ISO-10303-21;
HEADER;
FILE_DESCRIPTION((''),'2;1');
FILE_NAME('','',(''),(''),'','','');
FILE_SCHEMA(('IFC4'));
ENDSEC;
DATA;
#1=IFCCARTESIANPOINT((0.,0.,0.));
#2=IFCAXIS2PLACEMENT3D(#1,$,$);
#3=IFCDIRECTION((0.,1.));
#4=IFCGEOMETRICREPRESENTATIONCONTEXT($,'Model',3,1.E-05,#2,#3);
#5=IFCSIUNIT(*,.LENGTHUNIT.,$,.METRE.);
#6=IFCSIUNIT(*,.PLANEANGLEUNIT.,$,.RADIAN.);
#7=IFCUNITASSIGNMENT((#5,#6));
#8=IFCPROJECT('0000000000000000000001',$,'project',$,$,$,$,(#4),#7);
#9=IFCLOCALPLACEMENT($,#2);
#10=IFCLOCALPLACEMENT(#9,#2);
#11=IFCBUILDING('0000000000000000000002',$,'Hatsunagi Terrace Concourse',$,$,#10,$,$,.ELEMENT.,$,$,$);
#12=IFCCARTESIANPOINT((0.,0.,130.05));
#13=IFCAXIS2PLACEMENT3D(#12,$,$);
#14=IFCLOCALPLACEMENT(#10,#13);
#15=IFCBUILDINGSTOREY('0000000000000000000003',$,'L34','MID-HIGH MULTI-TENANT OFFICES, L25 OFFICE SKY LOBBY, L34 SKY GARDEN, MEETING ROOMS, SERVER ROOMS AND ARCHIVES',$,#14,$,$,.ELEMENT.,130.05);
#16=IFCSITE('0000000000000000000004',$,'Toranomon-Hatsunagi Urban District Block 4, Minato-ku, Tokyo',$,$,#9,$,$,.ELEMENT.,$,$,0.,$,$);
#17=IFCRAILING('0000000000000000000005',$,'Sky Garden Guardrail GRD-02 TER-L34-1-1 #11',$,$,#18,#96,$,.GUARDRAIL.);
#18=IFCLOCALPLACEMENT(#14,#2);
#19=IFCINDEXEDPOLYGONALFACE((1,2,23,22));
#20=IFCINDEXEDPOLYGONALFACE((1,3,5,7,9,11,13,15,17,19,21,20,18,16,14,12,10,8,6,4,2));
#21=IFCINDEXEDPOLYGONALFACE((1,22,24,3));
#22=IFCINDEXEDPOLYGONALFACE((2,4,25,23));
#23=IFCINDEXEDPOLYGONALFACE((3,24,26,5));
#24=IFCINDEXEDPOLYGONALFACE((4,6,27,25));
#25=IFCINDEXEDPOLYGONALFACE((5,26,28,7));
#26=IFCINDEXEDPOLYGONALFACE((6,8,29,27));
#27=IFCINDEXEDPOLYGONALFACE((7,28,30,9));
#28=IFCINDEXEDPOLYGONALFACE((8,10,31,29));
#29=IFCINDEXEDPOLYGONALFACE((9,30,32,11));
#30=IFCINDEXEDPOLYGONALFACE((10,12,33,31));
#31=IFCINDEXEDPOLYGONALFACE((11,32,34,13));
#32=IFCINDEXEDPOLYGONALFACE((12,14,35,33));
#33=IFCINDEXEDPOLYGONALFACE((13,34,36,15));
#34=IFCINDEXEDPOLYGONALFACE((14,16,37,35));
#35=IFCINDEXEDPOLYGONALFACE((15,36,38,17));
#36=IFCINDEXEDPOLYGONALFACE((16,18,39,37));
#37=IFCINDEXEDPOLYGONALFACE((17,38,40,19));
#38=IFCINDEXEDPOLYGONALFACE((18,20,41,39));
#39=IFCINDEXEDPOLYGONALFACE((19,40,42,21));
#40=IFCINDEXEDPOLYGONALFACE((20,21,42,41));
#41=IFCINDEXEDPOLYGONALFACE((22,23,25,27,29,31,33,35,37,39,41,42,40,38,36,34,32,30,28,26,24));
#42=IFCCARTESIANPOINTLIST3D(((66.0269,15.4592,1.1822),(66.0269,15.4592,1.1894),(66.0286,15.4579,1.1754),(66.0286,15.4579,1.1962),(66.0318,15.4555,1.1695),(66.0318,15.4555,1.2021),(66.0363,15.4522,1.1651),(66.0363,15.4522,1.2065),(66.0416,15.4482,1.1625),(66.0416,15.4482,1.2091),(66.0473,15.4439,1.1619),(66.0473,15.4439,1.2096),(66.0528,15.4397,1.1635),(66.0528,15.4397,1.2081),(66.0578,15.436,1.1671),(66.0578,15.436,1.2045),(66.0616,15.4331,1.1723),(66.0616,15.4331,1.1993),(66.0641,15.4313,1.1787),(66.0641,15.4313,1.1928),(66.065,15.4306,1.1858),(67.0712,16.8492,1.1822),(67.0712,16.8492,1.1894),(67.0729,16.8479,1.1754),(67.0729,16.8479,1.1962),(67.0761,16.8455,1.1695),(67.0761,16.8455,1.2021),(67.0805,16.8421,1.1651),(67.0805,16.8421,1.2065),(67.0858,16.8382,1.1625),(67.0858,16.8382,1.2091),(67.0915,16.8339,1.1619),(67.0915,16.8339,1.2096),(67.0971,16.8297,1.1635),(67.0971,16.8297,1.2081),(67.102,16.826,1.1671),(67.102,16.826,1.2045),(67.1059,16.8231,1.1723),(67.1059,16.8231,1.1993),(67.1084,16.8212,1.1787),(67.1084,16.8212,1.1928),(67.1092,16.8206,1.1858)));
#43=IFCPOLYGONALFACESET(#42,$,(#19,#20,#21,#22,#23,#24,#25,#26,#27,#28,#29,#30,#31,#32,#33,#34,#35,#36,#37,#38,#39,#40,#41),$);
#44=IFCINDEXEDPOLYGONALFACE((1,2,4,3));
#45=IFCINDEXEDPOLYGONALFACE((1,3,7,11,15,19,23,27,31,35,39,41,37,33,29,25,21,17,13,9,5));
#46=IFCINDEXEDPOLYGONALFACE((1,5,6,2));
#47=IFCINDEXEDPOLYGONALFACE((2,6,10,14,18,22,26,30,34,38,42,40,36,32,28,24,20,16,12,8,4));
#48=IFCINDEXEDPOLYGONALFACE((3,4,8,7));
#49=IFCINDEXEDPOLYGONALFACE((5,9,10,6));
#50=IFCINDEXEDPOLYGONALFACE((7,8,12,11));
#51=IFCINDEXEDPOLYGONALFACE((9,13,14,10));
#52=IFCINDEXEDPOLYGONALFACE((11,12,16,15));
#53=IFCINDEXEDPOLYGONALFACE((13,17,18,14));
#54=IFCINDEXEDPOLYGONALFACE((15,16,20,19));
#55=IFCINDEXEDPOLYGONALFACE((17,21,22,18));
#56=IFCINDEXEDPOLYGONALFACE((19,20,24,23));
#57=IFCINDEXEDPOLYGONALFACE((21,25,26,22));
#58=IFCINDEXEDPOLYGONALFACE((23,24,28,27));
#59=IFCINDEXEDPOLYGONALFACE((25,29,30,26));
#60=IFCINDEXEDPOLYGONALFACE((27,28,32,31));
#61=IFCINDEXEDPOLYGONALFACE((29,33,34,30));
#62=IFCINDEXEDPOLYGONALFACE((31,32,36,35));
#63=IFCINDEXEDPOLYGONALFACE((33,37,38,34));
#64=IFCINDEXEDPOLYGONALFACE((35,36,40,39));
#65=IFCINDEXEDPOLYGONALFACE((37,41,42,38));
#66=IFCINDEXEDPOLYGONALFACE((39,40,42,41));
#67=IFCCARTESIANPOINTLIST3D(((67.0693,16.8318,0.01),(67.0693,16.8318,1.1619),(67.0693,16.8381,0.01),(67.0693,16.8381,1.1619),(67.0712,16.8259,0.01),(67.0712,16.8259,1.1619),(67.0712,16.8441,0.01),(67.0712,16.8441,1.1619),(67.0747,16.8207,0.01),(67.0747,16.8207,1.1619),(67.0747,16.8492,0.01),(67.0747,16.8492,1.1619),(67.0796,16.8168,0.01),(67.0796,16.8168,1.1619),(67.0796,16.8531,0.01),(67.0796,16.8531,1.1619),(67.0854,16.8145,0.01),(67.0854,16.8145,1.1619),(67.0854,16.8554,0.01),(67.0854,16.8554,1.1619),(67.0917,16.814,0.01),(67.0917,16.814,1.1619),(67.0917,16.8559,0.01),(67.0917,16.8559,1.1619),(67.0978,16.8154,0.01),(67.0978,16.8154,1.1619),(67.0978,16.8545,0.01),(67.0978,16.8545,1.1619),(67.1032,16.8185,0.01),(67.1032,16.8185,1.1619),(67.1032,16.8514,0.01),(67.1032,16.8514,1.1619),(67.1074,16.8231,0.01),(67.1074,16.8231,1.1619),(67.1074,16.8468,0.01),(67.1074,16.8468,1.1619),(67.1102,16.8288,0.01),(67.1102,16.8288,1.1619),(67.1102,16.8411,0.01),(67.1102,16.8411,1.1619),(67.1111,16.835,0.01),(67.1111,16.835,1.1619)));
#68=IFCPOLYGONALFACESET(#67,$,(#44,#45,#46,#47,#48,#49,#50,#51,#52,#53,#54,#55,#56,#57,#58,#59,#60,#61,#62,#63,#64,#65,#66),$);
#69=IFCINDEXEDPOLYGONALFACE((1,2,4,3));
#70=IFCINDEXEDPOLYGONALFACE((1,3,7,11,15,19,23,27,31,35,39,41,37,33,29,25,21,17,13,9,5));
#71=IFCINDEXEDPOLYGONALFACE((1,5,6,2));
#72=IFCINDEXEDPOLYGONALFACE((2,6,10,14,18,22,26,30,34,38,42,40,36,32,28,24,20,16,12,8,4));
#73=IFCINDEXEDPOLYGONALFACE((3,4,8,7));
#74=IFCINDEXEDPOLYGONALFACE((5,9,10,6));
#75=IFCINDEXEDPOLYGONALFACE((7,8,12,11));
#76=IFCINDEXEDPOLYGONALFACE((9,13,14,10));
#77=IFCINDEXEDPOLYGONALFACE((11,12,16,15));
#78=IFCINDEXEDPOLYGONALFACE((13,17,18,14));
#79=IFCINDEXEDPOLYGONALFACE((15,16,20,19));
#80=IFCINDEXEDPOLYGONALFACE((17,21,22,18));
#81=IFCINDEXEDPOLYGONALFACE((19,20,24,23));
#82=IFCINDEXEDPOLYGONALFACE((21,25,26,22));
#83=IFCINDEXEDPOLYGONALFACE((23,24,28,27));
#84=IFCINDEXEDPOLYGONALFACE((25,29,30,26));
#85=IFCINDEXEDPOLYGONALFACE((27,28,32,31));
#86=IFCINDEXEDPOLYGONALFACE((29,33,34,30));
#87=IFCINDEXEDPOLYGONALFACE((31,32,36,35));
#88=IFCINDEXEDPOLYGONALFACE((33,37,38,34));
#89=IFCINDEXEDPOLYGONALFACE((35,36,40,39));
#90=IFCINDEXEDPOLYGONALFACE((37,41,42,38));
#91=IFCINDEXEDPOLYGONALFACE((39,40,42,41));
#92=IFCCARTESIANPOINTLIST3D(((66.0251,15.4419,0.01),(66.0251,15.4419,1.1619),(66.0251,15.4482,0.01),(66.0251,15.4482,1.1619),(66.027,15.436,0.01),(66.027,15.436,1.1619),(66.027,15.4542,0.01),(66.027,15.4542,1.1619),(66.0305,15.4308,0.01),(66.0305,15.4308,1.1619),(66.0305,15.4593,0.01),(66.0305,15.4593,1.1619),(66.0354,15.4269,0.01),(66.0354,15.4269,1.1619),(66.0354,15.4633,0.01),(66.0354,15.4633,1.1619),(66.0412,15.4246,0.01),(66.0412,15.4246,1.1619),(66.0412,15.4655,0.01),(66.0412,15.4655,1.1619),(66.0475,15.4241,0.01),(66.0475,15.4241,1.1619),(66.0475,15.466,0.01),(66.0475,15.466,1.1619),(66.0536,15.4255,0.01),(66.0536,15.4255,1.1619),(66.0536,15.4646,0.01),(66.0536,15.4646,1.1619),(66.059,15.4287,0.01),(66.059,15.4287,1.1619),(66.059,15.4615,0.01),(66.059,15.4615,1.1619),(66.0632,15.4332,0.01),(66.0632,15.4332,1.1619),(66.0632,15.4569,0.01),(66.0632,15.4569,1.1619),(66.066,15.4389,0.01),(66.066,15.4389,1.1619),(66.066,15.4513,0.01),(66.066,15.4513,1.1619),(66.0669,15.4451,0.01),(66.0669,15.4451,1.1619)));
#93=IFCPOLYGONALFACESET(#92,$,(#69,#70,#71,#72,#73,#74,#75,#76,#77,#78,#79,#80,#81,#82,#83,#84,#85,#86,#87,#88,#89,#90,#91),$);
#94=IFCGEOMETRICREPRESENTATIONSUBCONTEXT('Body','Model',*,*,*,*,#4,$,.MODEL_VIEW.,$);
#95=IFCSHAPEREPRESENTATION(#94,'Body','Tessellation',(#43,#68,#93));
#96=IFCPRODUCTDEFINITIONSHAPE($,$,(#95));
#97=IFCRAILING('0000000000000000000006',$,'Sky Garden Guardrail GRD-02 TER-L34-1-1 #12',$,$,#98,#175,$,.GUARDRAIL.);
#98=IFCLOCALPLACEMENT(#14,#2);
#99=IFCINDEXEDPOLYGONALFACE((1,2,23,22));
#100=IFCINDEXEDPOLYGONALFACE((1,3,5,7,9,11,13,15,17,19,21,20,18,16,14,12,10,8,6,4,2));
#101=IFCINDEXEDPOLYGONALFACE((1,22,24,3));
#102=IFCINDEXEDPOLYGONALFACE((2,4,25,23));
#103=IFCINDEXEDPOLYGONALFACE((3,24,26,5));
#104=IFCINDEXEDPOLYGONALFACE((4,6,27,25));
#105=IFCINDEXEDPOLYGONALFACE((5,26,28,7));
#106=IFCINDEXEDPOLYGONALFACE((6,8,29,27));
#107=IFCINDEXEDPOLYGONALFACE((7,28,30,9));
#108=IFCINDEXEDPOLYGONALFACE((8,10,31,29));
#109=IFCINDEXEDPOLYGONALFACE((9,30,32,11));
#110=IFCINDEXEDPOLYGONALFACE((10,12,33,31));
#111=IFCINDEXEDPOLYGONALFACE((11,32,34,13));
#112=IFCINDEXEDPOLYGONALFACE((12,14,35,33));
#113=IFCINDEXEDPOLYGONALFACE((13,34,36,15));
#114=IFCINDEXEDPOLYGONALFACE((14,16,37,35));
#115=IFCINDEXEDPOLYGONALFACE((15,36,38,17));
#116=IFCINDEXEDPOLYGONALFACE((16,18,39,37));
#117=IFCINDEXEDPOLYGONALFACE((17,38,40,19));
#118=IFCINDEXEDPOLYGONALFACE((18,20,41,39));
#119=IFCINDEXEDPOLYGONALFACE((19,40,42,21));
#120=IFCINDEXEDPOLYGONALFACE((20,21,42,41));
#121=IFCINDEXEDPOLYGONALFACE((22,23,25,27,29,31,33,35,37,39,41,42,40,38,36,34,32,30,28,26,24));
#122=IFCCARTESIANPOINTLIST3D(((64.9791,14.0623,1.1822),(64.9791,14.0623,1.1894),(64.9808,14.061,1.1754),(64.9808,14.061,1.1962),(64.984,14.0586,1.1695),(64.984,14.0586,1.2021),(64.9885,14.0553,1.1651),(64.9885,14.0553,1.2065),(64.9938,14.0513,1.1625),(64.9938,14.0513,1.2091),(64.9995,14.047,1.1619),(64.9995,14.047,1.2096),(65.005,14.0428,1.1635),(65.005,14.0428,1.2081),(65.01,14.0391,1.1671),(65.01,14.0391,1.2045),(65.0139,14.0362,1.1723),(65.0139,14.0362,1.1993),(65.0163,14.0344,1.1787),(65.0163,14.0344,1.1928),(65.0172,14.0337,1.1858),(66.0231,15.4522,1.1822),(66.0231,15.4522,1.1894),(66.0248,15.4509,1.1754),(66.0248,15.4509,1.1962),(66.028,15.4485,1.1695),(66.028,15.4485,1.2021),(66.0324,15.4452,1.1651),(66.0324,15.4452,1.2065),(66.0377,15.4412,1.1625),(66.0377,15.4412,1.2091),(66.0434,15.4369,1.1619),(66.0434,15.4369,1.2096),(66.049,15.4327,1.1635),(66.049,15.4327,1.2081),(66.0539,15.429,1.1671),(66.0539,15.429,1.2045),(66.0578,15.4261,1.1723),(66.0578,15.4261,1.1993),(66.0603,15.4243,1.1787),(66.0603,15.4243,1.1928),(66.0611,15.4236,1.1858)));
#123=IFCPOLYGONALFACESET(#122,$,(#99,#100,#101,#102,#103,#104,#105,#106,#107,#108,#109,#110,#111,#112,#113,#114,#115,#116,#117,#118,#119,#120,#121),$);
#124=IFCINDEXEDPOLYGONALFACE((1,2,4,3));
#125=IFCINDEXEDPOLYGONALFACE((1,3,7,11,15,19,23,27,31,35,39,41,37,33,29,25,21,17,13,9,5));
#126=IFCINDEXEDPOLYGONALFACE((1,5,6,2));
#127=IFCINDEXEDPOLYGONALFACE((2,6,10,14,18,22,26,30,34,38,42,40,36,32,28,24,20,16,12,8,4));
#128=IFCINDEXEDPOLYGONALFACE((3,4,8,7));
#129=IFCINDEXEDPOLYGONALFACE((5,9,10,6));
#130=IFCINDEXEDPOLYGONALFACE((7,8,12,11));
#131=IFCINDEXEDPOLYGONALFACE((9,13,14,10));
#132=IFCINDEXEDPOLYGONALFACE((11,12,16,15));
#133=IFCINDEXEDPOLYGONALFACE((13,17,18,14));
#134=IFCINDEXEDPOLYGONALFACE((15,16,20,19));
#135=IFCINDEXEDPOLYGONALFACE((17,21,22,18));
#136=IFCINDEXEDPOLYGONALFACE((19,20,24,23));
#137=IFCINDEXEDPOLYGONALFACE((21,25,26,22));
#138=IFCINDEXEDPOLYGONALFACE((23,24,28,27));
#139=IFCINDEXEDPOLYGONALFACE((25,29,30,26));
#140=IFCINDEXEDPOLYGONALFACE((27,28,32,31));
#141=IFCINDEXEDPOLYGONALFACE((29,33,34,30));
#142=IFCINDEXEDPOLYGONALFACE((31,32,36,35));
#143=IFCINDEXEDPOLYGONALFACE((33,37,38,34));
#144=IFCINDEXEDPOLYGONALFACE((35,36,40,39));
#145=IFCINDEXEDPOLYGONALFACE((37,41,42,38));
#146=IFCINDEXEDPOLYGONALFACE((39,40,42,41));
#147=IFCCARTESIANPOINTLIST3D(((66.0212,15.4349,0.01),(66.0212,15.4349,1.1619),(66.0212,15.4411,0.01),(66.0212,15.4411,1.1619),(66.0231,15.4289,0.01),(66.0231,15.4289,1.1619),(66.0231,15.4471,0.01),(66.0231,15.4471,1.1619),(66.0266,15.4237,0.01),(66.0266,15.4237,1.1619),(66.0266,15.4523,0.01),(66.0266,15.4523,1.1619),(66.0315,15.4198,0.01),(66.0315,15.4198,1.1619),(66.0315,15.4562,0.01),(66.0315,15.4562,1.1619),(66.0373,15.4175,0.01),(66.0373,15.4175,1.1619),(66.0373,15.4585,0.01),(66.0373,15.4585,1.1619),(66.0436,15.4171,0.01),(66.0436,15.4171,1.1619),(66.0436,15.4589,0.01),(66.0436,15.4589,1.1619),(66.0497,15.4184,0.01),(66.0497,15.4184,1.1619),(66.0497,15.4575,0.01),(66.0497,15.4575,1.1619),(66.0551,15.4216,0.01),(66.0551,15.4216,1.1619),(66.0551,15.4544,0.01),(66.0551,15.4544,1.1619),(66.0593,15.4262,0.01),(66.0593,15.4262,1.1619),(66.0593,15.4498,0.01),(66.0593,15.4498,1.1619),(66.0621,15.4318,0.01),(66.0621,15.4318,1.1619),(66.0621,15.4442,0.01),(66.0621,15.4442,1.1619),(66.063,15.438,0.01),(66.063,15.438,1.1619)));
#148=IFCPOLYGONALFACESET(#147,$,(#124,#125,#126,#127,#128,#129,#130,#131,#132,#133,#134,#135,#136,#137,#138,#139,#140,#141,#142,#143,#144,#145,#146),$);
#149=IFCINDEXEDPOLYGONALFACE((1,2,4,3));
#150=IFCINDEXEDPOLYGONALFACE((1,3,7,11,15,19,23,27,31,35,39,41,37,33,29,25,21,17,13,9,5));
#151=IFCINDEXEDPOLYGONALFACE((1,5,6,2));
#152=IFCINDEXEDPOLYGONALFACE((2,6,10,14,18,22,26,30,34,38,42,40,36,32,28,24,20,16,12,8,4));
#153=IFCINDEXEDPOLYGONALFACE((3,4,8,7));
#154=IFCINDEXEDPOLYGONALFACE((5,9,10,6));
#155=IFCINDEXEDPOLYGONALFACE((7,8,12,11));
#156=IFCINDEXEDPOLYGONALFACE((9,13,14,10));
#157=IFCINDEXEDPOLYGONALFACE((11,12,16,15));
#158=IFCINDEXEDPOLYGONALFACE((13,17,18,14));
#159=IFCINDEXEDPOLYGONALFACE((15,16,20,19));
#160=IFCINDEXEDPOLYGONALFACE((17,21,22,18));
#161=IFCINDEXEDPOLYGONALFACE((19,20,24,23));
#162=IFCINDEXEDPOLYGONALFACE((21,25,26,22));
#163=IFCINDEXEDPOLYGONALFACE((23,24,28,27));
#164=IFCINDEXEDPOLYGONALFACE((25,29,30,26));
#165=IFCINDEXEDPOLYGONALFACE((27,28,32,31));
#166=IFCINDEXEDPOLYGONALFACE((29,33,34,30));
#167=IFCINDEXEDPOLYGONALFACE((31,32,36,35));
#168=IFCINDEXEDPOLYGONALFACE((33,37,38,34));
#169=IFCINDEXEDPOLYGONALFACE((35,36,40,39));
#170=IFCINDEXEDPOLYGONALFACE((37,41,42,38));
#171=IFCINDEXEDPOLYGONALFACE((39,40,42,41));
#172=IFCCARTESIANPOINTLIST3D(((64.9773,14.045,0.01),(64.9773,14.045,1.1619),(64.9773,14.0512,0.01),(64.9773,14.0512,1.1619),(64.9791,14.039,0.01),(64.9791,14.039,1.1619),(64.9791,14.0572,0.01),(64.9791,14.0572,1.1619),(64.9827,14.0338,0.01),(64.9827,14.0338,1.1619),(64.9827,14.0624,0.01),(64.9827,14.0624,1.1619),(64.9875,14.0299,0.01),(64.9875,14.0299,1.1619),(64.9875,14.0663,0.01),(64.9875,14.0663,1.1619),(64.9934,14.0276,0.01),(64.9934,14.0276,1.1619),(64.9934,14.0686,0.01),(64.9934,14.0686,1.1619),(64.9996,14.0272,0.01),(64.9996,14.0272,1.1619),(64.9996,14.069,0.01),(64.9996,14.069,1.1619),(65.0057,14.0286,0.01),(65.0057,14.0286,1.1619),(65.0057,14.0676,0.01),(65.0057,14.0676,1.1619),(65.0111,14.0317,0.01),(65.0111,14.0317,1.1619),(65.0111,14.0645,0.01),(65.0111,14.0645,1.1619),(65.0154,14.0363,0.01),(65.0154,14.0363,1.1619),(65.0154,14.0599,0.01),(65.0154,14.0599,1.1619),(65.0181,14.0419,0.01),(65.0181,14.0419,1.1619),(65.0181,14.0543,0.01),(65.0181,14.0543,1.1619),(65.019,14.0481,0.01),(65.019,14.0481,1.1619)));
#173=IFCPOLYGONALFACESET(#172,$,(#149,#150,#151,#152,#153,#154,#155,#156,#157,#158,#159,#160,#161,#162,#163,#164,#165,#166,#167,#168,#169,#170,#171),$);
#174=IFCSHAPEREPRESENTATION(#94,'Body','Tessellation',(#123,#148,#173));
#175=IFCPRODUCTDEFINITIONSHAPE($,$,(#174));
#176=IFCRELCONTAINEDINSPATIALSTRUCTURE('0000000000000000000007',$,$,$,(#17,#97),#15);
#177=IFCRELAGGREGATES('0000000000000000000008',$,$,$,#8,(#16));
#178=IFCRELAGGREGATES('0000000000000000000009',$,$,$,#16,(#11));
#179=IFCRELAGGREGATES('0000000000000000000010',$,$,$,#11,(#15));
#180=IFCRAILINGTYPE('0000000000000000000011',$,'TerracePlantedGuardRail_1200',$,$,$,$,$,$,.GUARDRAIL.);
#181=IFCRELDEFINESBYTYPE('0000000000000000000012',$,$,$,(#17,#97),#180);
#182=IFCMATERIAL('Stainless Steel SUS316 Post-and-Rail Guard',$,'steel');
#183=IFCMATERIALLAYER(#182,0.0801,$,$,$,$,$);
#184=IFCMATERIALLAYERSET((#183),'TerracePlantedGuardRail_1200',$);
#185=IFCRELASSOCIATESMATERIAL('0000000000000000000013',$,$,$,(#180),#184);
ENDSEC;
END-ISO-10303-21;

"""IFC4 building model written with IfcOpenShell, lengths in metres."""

from ifc_helpers import new_model, si_unit, direction, frame, origin, origin_2d, place, context, subcontext, project, spatial, circle, extrude, material, layer, layer_set, type_object, element, save


model = new_model("IFC4")

# Units and contexts
model_context = context("Model", 3, precision=1e-05, world=origin(), true_north=direction((0.0, 1.0)))
body_context = subcontext(model_context, "Body", "Model", "MODEL_VIEW")
ifc_project = project(units=[si_unit("LENGTHUNIT", "METRE"), si_unit("PLANEANGLEUNIT", "RADIAN")], contexts=[model_context])

# Site, building, storey
site_placement = place(None, origin())
site = spatial("IfcSite", under=ifc_project, at=site_placement, Name="Toranomon-Hatsunagi Urban District Block 4, Minato-ku, Tokyo", CompositionType="ELEMENT", RefElevation=0.0)
building_placement = place(site_placement, origin())
building = spatial("IfcBuilding", under=site, at=building_placement, Name="Hatsunagi Terrace Concourse", CompositionType="ELEMENT")
storey_placement = place(building_placement, frame((0.0, 0.0, 130.05)))
storey = spatial("IfcBuildingStorey", under=building, at=storey_placement, Name="L34", Description="MID-HIGH MULTI-TENANT OFFICES, L25 OFFICE SKY LOBBY, L34 SKY GARDEN, MEETING ROOMS, SERVER ROOMS AND ARCHIVES", CompositionType="ELEMENT", Elevation=130.05)

# Railings
ifc_material_1 = material(Name="Stainless Steel SUS316 Post-and-Rail Guard", Category="steel")
ifc_layer_1 = layer(ifc_material_1, 0.0801)
ifc_layer_set_1 = layer_set([ifc_layer_1], Name="TerracePlantedGuardRail_1200")
railing_type = type_object("IfcRailingType", Name="TerracePlantedGuardRail_1200", PredefinedType="GUARDRAIL", material=ifc_layer_set_1)
railing_1_placement = place(storey_placement, frame((67.0901, 16.835, 0.01)))
element("IfcRailing", 1, at=railing_1_placement, inside=storey, type_object=railing_type, Name="Sky Garden Guardrail GRD-02 TER-L34-1-1 #11", PredefinedType="GUARDRAIL", context=body_context, shape_type="SweptSolid", body=[
    extrude(circle(Radius=0.0239, at=origin_2d()), frame((0.0, 0.0, 1.1758), z_axis=(-0.600651, -0.799511, 0.0), x_axis=(0.799511, -0.600651, 0.0)), (0.0, 0.0, 1.0), 1.7385),
    extrude(circle(Radius=0.021, at=origin_2d()), origin(), (0.0, 0.0, 1.0), 1.1519),
    extrude(circle(Radius=0.021, at=origin_2d()), frame((-1.0442, -1.3899, 0.0)), (0.0, 0.0, 1.0), 1.1519),
])
railing_2_placement = place(storey_placement, frame((66.042, 15.438, 0.01)))
element("IfcRailing", 2, at=railing_2_placement, inside=storey, type_object=railing_type, Name="Sky Garden Guardrail GRD-02 TER-L34-1-1 #12", PredefinedType="GUARDRAIL", context=body_context, shape_type="SweptSolid", body=[
    extrude(circle(Radius=0.0239, at=origin_2d()), frame((0.0, 0.0, 1.1758), z_axis=(-0.600562, -0.799578, 0.0), x_axis=(0.799578, -0.600562, 0.0)), (0.0, 0.0, 1.0), 1.7383),
    extrude(circle(Radius=0.021, at=origin_2d()), origin(), (0.0, 0.0, 1.0), 1.1519),
    extrude(circle(Radius=0.021, at=origin_2d()), frame((-1.0439, -1.3899, 0.0)), (0.0, 0.0, 1.0), 1.1519),
])

save(model, "model.ifc")
